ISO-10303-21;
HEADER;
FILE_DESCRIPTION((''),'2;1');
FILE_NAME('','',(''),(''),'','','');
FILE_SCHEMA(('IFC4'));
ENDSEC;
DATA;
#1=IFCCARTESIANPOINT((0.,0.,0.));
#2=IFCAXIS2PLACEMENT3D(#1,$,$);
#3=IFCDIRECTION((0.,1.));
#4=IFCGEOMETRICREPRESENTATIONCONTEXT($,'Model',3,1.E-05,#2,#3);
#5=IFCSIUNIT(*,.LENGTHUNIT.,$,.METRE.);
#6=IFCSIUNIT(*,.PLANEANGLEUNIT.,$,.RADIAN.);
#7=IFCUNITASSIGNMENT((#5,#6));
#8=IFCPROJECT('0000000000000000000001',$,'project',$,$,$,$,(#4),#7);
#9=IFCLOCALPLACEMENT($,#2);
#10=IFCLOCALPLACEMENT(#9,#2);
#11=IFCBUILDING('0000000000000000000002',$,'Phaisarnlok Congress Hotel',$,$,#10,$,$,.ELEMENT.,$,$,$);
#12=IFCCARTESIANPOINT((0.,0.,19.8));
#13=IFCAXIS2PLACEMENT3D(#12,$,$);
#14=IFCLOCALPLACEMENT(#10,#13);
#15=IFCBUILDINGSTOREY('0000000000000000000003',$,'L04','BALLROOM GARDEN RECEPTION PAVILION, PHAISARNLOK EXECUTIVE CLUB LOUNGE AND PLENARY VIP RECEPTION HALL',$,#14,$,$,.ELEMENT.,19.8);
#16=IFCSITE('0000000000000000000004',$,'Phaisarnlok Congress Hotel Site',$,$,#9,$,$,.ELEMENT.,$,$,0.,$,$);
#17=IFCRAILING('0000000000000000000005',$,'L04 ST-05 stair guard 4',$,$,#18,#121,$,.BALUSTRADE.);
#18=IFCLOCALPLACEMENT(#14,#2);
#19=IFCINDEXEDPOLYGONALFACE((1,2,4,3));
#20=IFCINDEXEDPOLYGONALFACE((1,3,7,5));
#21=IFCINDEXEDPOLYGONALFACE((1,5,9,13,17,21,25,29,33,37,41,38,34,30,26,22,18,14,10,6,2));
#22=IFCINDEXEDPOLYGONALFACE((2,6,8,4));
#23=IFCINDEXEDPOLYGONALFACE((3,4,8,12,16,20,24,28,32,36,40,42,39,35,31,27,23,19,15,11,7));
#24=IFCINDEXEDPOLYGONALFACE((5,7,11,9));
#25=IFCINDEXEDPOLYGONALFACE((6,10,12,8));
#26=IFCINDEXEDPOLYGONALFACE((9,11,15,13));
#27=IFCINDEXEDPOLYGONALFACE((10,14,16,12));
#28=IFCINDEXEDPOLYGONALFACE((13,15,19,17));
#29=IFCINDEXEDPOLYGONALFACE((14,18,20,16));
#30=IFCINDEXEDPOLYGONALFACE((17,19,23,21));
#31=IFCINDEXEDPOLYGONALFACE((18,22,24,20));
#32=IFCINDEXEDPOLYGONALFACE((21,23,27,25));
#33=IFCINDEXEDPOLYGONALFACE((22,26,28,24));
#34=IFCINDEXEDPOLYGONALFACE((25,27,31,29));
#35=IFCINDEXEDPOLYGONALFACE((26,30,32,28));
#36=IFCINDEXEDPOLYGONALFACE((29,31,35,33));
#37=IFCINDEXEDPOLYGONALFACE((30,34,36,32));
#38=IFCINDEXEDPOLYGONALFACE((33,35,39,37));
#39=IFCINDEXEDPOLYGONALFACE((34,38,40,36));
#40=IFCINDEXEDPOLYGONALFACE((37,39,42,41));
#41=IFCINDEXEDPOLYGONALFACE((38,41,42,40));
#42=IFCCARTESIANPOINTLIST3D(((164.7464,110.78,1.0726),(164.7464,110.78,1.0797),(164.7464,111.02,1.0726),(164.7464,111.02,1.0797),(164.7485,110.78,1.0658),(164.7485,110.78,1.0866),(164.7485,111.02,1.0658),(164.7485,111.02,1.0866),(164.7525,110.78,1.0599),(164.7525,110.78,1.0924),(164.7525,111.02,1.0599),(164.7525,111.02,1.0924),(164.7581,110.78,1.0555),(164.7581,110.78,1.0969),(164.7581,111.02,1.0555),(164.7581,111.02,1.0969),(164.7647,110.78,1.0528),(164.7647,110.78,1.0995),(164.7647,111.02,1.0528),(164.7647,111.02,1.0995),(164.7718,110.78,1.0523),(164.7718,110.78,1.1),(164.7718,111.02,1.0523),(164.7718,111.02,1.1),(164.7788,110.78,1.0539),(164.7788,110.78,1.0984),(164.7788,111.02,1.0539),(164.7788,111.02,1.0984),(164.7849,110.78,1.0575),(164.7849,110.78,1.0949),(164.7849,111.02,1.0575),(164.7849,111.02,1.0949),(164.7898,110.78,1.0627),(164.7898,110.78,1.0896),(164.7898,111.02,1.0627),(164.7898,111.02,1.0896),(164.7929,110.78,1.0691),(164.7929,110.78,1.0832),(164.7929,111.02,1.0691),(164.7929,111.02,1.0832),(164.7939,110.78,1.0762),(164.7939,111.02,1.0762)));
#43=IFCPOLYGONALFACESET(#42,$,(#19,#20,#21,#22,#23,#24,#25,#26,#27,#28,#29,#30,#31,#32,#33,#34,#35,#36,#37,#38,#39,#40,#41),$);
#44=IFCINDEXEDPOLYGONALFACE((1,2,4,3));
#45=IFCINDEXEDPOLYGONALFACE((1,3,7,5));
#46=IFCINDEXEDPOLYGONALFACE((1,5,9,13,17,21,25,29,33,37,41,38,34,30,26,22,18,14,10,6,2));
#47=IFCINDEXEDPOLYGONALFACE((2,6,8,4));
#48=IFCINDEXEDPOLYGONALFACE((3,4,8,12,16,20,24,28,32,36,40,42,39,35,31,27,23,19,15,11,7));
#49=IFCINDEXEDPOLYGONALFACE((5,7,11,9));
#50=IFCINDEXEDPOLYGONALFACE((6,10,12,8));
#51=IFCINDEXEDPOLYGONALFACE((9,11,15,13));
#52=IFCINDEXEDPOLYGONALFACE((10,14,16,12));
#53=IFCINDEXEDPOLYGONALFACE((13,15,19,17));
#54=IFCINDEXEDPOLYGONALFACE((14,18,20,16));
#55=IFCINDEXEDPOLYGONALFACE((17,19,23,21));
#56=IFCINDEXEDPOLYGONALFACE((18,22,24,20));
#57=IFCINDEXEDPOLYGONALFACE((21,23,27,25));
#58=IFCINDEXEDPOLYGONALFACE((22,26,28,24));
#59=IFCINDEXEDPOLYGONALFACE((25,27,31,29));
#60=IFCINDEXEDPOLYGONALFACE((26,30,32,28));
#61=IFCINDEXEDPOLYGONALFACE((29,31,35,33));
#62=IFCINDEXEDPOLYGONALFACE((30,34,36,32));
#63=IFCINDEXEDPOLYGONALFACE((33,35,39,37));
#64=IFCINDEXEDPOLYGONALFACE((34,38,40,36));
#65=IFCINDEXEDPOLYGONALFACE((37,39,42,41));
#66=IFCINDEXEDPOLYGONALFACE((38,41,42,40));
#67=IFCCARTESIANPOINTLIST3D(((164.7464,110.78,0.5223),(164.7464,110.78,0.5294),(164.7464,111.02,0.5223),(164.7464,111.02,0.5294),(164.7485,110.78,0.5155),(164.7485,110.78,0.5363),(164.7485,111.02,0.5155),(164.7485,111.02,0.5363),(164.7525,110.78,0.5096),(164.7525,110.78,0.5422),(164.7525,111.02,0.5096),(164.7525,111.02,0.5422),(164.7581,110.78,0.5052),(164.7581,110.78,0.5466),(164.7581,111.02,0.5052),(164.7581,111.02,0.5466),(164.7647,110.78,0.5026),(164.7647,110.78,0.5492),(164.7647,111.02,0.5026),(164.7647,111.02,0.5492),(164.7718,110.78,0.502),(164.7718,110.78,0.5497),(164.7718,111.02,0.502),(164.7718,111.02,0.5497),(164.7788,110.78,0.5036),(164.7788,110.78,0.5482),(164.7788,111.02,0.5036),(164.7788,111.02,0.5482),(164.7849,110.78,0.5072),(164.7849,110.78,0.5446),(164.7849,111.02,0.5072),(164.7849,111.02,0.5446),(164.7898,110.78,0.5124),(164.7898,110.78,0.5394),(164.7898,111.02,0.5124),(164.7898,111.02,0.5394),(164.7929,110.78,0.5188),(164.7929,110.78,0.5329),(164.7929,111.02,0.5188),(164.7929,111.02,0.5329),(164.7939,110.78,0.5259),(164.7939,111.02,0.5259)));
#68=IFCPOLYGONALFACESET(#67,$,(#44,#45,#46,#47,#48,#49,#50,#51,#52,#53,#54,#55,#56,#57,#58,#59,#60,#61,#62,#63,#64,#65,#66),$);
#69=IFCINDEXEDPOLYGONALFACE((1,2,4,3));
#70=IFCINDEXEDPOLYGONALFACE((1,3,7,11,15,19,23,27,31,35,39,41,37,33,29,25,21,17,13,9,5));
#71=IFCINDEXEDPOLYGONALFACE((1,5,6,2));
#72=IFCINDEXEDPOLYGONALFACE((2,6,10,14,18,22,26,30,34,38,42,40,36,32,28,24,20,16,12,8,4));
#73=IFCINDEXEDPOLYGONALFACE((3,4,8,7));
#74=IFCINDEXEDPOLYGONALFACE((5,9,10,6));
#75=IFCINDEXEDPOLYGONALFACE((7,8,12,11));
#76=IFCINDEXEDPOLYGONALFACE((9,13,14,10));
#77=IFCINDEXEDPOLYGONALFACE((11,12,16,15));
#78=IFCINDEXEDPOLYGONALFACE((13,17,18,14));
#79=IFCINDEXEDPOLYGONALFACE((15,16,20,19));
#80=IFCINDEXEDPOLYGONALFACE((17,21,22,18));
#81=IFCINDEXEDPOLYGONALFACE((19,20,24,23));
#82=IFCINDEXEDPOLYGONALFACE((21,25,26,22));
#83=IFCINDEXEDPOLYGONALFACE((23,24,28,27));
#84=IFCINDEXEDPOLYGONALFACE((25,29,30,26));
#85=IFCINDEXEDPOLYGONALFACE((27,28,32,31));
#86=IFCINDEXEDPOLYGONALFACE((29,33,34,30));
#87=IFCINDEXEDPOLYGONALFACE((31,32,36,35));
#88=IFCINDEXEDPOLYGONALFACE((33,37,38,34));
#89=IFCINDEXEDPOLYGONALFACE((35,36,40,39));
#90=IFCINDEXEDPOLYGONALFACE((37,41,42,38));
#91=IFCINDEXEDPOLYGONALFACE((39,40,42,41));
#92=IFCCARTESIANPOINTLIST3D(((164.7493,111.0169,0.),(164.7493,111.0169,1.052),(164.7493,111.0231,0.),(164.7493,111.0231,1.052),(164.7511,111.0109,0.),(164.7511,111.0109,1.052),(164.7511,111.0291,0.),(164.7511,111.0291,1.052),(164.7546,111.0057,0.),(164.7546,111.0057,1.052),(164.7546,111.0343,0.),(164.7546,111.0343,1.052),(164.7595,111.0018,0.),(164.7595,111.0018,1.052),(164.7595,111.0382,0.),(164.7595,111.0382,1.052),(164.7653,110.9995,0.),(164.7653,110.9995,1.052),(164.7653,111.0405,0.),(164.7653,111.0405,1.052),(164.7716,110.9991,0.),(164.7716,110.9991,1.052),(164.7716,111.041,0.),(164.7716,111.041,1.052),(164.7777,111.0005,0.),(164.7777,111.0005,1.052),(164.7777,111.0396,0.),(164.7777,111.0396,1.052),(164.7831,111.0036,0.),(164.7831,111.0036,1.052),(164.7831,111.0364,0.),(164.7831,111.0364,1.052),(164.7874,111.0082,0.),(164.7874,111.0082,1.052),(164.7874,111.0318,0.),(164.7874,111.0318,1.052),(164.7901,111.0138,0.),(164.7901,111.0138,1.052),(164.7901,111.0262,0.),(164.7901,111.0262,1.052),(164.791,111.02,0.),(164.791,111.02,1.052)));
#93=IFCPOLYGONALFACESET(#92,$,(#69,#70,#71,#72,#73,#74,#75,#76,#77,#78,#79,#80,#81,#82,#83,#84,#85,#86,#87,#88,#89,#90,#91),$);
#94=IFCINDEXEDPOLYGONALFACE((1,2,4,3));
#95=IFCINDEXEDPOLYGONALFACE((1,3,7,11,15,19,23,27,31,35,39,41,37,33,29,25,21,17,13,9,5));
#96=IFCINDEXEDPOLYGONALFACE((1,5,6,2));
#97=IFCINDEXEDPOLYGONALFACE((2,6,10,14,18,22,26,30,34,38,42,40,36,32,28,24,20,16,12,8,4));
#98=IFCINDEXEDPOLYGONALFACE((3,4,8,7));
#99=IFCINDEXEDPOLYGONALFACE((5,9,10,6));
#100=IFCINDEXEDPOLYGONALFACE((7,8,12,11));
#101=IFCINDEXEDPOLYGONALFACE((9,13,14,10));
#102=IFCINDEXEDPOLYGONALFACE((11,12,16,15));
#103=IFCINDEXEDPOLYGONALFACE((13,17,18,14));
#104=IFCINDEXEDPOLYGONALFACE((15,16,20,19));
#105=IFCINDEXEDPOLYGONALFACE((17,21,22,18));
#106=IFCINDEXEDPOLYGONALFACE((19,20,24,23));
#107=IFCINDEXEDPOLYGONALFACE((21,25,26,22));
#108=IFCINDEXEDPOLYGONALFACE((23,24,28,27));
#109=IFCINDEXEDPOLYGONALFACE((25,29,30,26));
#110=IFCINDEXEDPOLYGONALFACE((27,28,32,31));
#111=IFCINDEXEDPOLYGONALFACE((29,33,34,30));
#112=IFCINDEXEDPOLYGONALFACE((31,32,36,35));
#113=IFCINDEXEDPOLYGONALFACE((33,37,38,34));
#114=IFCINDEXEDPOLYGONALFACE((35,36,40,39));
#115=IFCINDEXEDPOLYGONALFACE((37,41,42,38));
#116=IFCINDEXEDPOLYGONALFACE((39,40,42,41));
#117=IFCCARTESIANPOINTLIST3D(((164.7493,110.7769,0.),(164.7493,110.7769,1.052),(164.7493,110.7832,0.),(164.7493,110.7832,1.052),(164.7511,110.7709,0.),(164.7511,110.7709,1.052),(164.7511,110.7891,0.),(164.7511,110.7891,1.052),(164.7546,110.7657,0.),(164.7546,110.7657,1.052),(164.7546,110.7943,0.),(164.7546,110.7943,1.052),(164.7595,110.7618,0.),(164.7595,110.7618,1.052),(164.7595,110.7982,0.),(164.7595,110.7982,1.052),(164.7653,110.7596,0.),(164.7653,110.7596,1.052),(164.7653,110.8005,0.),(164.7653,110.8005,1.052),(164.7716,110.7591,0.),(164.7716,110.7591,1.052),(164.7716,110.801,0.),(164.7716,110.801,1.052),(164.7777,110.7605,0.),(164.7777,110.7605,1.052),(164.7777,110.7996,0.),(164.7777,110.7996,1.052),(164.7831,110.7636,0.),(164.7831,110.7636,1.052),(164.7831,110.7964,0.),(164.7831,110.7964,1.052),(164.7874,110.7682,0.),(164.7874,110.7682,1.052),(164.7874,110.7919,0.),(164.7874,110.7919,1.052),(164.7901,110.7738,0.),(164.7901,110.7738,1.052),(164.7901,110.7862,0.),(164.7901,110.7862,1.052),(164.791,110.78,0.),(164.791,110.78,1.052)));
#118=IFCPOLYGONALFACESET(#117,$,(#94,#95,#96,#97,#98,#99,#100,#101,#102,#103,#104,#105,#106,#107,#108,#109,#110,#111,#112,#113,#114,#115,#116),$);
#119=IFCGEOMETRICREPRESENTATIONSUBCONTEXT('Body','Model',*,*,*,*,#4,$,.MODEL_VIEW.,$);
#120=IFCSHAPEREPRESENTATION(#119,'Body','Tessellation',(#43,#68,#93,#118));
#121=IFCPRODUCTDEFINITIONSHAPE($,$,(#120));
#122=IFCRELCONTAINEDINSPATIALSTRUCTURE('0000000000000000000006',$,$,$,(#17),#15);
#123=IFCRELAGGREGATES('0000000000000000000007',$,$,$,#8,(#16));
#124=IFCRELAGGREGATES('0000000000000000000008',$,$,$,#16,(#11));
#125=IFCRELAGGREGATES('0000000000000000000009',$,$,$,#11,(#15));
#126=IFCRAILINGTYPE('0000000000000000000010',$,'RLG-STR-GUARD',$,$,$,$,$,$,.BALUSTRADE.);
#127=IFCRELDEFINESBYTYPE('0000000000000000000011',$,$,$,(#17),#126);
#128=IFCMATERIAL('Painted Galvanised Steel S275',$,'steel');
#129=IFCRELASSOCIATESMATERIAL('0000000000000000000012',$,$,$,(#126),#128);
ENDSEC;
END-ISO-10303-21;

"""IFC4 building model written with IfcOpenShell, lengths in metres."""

from ifc_helpers import new_model, si_unit, direction, frame, origin, origin_2d, place, context, subcontext, project, spatial, circle, extrude, material, type_object, element, save


model = new_model("IFC4")

# Units and contexts
model_context = context("Model", 3, precision=1e-05, world=origin(), true_north=direction((0.0, 1.0)))
body_context = subcontext(model_context, "Body", "Model", "MODEL_VIEW")
ifc_project = project(units=[si_unit("LENGTHUNIT", "METRE"), si_unit("PLANEANGLEUNIT", "RADIAN")], contexts=[model_context])

# Site, building, storey
site_placement = place(None, origin())
site = spatial("IfcSite", under=ifc_project, at=site_placement, Name="Phaisarnlok Congress Hotel Site", CompositionType="ELEMENT", RefElevation=0.0)
building_placement = place(site_placement, origin())
building = spatial("IfcBuilding", under=site, at=building_placement, Name="Phaisarnlok Congress Hotel", CompositionType="ELEMENT")
storey_placement = place(building_placement, frame((0.0, 0.0, 19.8)))
storey = spatial("IfcBuildingStorey", under=building, at=storey_placement, Name="L04", Description="BALLROOM GARDEN RECEPTION PAVILION, PHAISARNLOK EXECUTIVE CLUB LOUNGE AND PLENARY VIP RECEPTION HALL", CompositionType="ELEMENT", Elevation=19.8)

# Railing
ifc_material_1 = material(Name="Painted Galvanised Steel S275", Category="steel")
railing_type_1 = type_object("IfcRailingType", Name="RLG-STR-GUARD", PredefinedType="BALUSTRADE", material=ifc_material_1)
railing_1_placement = place(storey_placement, frame((164.77, 111.02, 0.0)))
element("IfcRailing", 1, at=railing_1_placement, inside=storey, type_object=railing_type_1, Name="L04 ST-05 stair guard 4", PredefinedType="BALUSTRADE", context=body_context, shape_type="SweptSolid", body=[
    extrude(circle(Radius=0.0239, at=origin_2d()), frame((0.0, 0.0, 1.0762), z_axis=(0.0, -1.0, 0.0), x_axis=(1.0, 0.0, 0.0)), (0.0, 0.0, 1.0), 0.24),
    extrude(circle(Radius=0.0239, at=origin_2d()), frame((0.0, 0.0, 0.5259), z_axis=(0.0, -1.0, 0.0), x_axis=(1.0, 0.0, 0.0)), (0.0, 0.0, 1.0), 0.24),
    extrude(circle(Radius=0.021, at=origin_2d()), origin(), (0.0, 0.0, 1.0), 1.052),
    extrude(circle(Radius=0.021, at=origin_2d()), frame((0.0, -0.24, 0.0)), (0.0, 0.0, 1.0), 1.052),
])

save(model, "model.ifc")
